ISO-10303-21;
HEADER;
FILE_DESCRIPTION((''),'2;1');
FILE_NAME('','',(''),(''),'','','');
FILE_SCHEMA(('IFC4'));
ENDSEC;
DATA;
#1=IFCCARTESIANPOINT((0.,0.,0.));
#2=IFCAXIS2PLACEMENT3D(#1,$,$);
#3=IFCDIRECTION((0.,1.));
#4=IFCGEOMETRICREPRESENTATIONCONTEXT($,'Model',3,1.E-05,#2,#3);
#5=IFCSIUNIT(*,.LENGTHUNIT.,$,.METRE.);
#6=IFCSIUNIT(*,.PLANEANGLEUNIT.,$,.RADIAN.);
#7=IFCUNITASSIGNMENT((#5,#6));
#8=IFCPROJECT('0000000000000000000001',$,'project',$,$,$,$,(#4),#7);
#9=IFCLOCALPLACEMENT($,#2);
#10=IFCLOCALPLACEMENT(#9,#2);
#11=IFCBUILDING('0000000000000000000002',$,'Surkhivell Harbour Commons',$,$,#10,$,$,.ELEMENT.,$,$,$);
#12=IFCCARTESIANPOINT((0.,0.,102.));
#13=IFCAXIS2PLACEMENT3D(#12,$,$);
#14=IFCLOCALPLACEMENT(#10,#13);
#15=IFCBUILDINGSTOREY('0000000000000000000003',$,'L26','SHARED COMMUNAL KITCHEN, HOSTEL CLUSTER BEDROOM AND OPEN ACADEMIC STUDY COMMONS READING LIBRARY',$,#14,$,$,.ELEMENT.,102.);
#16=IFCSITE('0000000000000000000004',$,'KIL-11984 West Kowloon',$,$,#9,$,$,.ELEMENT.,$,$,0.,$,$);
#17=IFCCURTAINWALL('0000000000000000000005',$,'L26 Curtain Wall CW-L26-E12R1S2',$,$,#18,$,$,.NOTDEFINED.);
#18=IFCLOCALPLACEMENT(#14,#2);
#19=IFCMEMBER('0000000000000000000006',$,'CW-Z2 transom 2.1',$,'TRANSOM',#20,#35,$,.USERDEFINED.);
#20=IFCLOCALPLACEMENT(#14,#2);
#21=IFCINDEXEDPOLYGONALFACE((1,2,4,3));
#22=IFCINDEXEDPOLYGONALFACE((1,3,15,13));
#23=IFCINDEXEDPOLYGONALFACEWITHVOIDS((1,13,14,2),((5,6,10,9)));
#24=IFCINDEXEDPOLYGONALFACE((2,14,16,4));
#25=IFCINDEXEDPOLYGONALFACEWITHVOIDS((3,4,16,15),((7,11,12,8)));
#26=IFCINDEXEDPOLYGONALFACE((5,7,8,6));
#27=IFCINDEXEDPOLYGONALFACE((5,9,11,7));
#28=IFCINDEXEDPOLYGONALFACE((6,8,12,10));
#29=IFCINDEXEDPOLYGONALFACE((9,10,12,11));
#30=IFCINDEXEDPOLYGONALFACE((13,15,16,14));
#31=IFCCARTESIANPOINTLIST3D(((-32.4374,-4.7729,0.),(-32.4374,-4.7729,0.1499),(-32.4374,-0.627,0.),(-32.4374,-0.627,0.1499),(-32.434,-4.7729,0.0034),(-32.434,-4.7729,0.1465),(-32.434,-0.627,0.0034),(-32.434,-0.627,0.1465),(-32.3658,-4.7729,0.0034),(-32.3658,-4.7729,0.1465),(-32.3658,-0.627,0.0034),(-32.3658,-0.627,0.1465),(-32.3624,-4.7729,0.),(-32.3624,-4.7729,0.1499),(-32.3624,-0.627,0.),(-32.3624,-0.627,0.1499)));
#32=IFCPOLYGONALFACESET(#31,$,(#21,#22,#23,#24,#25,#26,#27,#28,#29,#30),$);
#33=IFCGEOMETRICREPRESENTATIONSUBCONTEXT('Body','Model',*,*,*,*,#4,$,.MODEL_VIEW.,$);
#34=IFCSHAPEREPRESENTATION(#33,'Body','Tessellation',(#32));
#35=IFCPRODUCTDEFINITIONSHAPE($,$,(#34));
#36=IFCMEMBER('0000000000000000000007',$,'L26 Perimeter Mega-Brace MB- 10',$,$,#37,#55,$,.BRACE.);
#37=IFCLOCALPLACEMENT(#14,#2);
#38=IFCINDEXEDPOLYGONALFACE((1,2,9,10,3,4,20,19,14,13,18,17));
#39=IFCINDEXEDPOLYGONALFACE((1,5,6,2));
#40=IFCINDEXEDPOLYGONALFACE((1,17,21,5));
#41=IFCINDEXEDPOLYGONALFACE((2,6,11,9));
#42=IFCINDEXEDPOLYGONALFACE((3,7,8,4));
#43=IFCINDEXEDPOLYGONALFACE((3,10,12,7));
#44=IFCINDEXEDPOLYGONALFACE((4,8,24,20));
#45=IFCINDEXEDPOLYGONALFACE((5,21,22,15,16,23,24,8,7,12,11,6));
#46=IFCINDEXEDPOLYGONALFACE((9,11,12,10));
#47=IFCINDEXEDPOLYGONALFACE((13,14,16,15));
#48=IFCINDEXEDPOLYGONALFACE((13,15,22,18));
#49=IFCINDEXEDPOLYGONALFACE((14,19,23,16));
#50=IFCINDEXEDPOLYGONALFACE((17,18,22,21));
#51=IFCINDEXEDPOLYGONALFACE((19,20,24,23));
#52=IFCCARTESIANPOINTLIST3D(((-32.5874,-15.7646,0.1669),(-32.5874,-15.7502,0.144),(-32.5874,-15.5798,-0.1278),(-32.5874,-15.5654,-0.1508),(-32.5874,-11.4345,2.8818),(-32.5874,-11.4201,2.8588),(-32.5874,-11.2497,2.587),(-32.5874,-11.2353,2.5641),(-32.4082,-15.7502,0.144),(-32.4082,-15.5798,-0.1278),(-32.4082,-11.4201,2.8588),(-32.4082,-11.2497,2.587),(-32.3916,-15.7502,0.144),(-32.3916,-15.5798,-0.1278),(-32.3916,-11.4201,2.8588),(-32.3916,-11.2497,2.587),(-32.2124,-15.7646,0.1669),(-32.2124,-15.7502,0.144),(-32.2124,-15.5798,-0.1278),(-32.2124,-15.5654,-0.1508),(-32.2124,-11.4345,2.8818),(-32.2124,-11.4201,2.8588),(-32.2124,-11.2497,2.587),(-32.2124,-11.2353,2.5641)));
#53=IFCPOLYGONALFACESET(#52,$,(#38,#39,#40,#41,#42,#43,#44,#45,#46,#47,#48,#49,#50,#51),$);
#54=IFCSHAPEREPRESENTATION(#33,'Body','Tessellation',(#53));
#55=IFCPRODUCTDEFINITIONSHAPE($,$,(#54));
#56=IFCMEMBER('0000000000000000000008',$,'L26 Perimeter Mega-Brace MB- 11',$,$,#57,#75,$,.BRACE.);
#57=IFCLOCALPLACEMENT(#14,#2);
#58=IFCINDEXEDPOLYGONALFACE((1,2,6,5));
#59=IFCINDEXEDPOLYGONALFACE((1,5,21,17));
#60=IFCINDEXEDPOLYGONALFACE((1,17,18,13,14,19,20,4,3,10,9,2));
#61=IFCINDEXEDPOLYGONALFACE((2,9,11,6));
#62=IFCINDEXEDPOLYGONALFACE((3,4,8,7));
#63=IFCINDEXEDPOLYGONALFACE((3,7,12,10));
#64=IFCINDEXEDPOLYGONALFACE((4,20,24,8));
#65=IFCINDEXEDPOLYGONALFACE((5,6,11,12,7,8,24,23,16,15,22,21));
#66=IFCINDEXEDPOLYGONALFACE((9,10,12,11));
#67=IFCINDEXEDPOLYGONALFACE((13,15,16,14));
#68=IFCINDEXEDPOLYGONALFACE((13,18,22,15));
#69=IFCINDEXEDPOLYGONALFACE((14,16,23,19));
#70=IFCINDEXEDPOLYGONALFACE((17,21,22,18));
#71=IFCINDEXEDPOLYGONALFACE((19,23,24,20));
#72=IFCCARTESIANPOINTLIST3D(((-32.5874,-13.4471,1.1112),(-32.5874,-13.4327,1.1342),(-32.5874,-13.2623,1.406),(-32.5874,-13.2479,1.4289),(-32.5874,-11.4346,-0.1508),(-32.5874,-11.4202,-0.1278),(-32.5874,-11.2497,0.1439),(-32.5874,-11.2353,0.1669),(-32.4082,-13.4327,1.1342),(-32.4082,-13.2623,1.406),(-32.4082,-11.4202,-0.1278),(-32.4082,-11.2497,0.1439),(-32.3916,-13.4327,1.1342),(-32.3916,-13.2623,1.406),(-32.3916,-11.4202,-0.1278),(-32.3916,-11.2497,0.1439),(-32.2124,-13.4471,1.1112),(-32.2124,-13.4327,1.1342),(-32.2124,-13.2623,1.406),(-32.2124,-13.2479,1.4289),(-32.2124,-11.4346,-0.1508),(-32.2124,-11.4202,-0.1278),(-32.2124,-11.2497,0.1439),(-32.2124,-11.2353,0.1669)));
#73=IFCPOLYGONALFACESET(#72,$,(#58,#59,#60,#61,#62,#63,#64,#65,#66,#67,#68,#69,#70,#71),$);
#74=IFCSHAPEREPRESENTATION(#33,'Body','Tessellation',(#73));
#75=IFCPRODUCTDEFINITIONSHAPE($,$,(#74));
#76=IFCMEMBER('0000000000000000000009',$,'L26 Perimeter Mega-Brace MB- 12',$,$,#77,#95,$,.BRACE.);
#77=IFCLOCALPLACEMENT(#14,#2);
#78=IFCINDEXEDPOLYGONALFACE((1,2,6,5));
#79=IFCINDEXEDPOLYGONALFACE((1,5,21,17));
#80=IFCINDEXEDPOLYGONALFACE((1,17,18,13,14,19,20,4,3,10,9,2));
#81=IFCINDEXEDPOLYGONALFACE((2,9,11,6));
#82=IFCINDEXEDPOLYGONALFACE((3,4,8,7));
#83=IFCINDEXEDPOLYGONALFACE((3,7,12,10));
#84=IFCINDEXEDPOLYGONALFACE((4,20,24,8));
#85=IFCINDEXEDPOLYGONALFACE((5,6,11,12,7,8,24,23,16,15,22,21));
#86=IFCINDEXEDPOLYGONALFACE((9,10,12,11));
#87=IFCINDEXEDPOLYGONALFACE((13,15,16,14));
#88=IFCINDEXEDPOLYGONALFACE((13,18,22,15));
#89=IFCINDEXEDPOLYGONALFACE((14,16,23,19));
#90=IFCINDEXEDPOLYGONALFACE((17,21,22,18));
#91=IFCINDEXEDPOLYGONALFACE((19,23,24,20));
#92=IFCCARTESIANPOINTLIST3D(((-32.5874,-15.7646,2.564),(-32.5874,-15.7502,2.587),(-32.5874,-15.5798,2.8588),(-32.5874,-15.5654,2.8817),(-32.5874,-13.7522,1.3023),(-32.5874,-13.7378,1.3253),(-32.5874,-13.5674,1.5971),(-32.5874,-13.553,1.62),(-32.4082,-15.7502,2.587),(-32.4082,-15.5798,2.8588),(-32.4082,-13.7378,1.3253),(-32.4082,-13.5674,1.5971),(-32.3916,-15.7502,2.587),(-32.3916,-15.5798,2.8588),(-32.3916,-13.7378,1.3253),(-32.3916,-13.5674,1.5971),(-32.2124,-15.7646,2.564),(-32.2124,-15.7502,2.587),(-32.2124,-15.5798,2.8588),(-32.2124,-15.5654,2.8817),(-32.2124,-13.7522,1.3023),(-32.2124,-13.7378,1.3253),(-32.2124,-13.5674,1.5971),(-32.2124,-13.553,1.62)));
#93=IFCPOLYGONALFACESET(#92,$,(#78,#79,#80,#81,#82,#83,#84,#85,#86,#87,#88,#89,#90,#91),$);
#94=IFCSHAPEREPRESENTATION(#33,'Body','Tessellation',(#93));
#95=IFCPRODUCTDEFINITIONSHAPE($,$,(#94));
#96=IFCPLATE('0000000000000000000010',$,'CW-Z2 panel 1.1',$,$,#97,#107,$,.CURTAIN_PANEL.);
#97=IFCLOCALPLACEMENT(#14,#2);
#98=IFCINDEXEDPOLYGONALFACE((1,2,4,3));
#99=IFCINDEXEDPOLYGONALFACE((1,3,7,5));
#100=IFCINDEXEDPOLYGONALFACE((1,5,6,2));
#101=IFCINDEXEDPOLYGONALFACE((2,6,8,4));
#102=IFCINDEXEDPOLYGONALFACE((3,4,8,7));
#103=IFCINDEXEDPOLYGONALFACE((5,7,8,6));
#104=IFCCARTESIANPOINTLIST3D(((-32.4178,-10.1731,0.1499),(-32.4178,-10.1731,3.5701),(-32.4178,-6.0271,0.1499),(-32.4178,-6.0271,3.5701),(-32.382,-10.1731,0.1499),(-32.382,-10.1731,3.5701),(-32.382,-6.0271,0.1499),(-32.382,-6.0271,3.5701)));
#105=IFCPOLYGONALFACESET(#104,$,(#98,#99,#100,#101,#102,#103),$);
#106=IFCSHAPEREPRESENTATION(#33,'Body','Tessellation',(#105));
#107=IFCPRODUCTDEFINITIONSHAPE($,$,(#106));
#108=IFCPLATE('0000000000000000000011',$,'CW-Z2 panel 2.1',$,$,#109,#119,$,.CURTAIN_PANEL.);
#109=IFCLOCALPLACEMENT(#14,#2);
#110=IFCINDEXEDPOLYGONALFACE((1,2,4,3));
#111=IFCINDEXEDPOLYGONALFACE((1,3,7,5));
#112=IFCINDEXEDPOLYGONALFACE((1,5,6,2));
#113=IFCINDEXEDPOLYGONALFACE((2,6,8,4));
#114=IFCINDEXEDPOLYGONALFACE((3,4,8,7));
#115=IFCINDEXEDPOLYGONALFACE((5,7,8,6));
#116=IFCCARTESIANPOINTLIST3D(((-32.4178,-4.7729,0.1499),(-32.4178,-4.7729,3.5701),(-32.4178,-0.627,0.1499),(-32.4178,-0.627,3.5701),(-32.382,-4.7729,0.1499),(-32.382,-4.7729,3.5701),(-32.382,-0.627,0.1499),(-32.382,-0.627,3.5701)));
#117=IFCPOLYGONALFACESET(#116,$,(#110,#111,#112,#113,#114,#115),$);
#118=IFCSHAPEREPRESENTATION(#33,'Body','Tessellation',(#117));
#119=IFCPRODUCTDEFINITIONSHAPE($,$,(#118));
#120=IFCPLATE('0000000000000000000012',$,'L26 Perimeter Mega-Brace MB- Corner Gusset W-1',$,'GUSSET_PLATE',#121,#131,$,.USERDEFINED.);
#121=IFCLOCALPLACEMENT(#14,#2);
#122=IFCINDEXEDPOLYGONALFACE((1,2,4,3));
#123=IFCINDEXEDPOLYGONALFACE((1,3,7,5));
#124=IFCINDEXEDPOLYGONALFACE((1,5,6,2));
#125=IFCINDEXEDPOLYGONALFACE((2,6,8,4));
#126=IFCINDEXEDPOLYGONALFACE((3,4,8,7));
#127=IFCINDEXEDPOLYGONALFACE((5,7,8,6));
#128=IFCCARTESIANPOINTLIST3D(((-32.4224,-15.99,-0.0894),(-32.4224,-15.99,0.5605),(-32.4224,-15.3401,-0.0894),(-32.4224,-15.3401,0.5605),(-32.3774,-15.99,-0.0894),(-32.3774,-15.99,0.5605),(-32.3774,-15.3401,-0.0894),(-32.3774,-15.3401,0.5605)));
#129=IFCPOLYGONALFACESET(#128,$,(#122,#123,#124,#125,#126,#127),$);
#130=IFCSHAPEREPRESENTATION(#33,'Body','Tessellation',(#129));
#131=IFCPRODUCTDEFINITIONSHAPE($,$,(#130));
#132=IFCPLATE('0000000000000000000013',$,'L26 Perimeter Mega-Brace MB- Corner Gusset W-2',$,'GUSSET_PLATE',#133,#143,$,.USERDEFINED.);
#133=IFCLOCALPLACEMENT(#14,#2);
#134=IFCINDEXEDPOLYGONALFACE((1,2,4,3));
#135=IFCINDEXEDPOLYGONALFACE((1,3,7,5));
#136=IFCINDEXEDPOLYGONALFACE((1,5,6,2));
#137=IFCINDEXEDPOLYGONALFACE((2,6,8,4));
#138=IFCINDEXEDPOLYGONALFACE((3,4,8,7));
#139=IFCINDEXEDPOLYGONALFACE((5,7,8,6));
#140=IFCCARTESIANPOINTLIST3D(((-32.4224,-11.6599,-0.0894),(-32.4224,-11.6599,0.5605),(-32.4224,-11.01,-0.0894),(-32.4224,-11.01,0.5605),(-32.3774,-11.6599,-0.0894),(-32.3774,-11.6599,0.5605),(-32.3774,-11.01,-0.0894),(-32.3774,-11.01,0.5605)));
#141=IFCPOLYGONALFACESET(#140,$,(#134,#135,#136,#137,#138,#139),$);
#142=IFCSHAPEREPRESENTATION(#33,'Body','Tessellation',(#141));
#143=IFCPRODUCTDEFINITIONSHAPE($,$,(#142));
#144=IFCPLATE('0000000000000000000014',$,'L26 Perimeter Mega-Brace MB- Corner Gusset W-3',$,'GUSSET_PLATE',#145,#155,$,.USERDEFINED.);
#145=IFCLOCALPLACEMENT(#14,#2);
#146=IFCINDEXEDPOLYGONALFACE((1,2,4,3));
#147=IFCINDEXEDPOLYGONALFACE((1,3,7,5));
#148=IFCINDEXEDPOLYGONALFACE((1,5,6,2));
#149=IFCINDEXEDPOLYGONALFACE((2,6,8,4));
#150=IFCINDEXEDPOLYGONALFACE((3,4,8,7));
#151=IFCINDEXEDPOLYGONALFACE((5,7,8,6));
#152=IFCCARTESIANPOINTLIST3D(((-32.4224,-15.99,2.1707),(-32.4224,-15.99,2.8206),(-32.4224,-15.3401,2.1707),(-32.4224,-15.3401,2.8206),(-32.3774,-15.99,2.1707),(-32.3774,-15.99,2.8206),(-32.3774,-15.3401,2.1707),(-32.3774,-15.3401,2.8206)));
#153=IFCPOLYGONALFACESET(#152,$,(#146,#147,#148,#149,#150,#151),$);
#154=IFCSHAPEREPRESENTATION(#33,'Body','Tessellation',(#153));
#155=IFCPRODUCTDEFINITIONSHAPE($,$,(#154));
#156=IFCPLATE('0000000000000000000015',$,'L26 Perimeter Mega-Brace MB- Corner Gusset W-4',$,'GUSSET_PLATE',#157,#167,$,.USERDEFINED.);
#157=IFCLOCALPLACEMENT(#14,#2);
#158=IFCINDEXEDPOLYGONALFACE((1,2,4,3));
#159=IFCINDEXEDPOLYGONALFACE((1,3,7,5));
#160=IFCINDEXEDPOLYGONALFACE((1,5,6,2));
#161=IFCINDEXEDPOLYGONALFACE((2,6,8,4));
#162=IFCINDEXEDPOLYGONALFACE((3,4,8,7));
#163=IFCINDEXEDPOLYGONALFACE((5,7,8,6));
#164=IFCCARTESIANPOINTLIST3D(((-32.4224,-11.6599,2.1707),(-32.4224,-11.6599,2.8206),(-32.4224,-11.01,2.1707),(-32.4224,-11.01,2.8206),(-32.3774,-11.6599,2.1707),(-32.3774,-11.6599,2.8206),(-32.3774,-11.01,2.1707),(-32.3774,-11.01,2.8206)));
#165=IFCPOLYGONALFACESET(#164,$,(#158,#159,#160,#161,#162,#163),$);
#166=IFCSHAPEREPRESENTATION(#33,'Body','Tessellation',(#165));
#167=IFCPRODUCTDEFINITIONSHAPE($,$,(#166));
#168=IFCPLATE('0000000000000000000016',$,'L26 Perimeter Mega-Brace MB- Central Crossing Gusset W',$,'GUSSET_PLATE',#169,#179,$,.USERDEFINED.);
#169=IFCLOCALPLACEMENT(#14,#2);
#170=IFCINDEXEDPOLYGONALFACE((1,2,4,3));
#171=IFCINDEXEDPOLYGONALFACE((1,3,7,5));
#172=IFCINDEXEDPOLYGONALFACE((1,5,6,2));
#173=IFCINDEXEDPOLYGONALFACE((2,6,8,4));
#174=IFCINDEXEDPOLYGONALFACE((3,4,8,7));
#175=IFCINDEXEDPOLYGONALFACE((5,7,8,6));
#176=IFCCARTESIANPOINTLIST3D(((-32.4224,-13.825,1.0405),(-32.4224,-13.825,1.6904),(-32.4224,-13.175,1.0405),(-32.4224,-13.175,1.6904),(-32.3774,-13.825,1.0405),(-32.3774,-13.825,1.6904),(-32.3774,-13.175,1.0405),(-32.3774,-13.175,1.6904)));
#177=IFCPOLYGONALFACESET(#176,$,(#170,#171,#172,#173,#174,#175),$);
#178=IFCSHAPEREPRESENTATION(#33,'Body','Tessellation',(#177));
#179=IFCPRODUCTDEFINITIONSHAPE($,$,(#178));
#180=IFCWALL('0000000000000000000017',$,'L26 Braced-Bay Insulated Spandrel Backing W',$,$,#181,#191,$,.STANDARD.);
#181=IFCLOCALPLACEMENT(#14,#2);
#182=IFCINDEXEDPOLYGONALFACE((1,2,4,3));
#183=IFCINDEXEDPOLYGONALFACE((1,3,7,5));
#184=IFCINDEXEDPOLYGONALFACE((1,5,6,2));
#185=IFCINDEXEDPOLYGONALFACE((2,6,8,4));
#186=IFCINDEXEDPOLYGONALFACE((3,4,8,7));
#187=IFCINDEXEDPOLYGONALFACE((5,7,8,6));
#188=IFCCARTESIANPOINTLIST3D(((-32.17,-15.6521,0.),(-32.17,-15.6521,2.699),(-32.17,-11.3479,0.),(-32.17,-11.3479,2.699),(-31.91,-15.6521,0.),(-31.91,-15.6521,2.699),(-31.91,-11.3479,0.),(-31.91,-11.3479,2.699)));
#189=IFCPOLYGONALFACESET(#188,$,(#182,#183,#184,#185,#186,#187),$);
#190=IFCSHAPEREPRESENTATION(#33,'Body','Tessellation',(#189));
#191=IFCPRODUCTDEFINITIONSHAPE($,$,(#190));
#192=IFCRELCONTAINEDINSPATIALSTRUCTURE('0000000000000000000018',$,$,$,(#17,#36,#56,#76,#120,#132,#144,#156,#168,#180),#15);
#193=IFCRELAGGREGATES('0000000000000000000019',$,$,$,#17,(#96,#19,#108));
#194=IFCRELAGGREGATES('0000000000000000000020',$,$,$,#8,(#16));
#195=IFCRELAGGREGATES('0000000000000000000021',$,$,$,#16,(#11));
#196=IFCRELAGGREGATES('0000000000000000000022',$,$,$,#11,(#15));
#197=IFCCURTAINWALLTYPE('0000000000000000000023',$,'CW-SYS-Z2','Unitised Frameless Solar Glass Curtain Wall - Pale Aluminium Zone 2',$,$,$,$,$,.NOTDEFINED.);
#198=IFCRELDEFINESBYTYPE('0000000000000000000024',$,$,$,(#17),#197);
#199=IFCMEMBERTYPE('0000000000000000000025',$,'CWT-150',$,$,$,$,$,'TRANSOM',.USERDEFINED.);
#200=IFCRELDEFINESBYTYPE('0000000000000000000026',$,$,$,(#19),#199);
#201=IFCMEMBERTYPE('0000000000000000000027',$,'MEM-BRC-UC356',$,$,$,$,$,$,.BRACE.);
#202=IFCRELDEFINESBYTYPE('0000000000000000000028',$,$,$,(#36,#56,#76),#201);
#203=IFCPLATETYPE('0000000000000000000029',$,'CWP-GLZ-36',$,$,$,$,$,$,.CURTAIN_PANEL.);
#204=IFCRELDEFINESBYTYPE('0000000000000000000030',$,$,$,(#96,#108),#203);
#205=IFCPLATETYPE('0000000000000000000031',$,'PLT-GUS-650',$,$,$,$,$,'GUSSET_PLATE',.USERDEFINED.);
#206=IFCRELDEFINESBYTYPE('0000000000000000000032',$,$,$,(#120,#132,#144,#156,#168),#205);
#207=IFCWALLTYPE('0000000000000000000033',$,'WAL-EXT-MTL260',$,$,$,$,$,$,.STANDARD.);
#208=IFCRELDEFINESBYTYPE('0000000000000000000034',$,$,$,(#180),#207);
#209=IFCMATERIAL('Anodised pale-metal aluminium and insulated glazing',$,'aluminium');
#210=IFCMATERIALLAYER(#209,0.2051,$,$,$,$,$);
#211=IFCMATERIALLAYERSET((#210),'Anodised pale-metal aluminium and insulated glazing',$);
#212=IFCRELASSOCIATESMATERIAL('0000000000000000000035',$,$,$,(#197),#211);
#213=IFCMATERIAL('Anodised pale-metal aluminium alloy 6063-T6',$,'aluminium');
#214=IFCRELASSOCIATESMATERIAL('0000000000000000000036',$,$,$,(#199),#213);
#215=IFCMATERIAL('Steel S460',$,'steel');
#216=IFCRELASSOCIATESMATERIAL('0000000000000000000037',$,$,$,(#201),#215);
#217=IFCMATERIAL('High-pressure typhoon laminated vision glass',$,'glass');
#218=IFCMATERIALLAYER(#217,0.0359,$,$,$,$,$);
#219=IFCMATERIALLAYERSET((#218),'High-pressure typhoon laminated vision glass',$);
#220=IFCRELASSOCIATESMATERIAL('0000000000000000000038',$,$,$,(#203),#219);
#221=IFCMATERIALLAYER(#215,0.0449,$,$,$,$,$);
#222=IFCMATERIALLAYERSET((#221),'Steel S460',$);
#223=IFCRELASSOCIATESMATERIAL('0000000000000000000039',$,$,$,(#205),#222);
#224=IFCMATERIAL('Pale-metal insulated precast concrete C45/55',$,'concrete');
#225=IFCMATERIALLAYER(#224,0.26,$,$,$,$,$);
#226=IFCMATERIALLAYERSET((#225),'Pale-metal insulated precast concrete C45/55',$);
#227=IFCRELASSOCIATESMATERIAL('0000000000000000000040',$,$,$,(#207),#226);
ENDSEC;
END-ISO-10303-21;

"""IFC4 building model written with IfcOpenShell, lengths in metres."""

from ifc_helpers import new_model, si_unit, direction, frame, frame_2d, origin, origin_2d, place, context, subcontext, project, spatial, rectangle, hollow_rectangle, i_section, extrude, material, layer, layer_set, material_profile, profile_set, type_object, element, aggregate, save


model = new_model("IFC4")

# Units and contexts
model_context = context("Model", 3, precision=1e-05, world=origin(), true_north=direction((0.0, 1.0)))
body_context = subcontext(model_context, "Body", "Model", "MODEL_VIEW")
ifc_project = project(units=[si_unit("LENGTHUNIT", "METRE"), si_unit("PLANEANGLEUNIT", "RADIAN")], contexts=[model_context])

# Site, building, storey
site_placement = place(None, origin())
site = spatial("IfcSite", under=ifc_project, at=site_placement, Name="KIL-11984 West Kowloon", CompositionType="ELEMENT", RefElevation=0.0)
building_placement = place(site_placement, origin())
building = spatial("IfcBuilding", under=site, at=building_placement, Name="Surkhivell Harbour Commons", CompositionType="ELEMENT")
storey_placement = place(building_placement, frame((0.0, 0.0, 102.0)))
storey = spatial("IfcBuildingStorey", under=building, at=storey_placement, Name="L26", Description="SHARED COMMUNAL KITCHEN, HOSTEL CLUSTER BEDROOM AND OPEN ACADEMIC STUDY COMMONS READING LIBRARY", CompositionType="ELEMENT", Elevation=102.0)

# Shared definitions
ifc_material_1 = material(Name="Steel S460", Category="steel")

# Curtain wall, member
ifc_material_2 = material(Name="Anodised pale-metal aluminium and insulated glazing", Category="aluminium")
ifc_layer_1 = layer(ifc_material_2, 0.2051)
ifc_layer_set_1 = layer_set([ifc_layer_1], Name="Anodised pale-metal aluminium and insulated glazing")
curtain_wall_type = type_object("IfcCurtainWallType", Name="CW-SYS-Z2", Description="Unitised Frameless Solar Glass Curtain Wall - Pale Aluminium Zone 2", PredefinedType="NOTDEFINED", material=ifc_layer_set_1)
curtain_wall_placement = place(storey_placement, origin())
curtain_wall = element("IfcCurtainWall", 1, at=curtain_wall_placement, inside=storey, type_object=curtain_wall_type, Name="L26 Curtain Wall CW-L26-E12R1S2", PredefinedType="NOTDEFINED")
ifc_material_3 = material(Name="Anodised pale-metal aluminium alloy 6063-T6", Category="aluminium")
ifc_material_profile_1 = material_profile(ifc_material_3, hollow_rectangle(XDim=0.075, YDim=0.1499, WallThickness=0.0034, at=origin_2d()), Name="ALU-TRAN-75x150")
ifc_profile_set_1 = profile_set([ifc_material_profile_1], Name="Anodised pale-metal aluminium alloy 6063-T6")
member_type_1 = type_object("IfcMemberType", Name="CWT-150", ElementType="TRANSOM", PredefinedType="USERDEFINED", material=ifc_profile_set_1)
member_1_placement = place(storey_placement, frame((-32.3999, -4.7729, 0.075), z_axis=(0.0, 1.0, 0.0), x_axis=(-1.0, 0.0, 0.0)))
member_1 = element("IfcMember", 2, at=member_1_placement, type_object=member_type_1, Name="CW-Z2 transom 2.1", ObjectType="TRANSOM", PredefinedType="USERDEFINED", context=body_context, shape_type="SweptSolid", body=[
    extrude(hollow_rectangle(XDim=0.075, YDim=0.1499, WallThickness=0.0034, at=origin_2d()), origin(), (0.0, 0.0, 1.0), 4.146),
])

# Members
ifc_material_profile_2 = material_profile(ifc_material_1, i_section(OverallWidth=0.375, OverallDepth=0.375, WebThickness=0.0166, FlangeThickness=0.0271, at=origin_2d()), Name="UC356x368x202")
ifc_profile_set_2 = profile_set([ifc_material_profile_2], Name="Steel S460")
member_type_2 = type_object("IfcMemberType", Name="MEM-BRC-UC356", PredefinedType="BRACE", material=ifc_profile_set_2)
member_2_placement = place(storey_placement, frame((-32.3999, -15.665, 0.0081), z_axis=(0.0, 0.847246, 0.531201), x_axis=(-1.0, 0.0, 0.0)))
element("IfcMember", 3, at=member_2_placement, inside=storey, type_object=member_type_2, Name="L26 Perimeter Mega-Brace MB- 10", PredefinedType="BRACE", context=body_context, shape_type="SweptSolid", body=[
    extrude(i_section(OverallWidth=0.375, OverallDepth=0.375, WebThickness=0.0166, FlangeThickness=0.0271, at=origin_2d()), origin(), (0.0, 0.0, 1.0), 5.1108),
])
member_3_placement = place(storey_placement, frame((-32.3999, -11.335, 0.0081), z_axis=(0.0, -0.847206, 0.531264), x_axis=(1.0, 0.0, 0.0)))
element("IfcMember", 4, at=member_3_placement, inside=storey, type_object=member_type_2, Name="L26 Perimeter Mega-Brace MB- 11", PredefinedType="BRACE", context=body_context, shape_type="SweptSolid", body=[
    extrude(i_section(OverallWidth=0.375, OverallDepth=0.375, WebThickness=0.0166, FlangeThickness=0.0271, at=origin_2d()), origin(), (0.0, 0.0, 1.0), 2.3755),
])
member_4_placement = place(storey_placement, frame((-32.3999, -13.6526, 1.4612), z_axis=(0.0, -0.847253, 0.53119), x_axis=(1.0, 0.0, 0.0)))
element("IfcMember", 5, at=member_4_placement, inside=storey, type_object=member_type_2, Name="L26 Perimeter Mega-Brace MB- 12", PredefinedType="BRACE", context=body_context, shape_type="SweptSolid", body=[
    extrude(i_section(OverallWidth=0.375, OverallDepth=0.375, WebThickness=0.0166, FlangeThickness=0.0271, at=origin_2d()), origin(), (0.0, 0.0, 1.0), 2.3752),
])

# Plates
ifc_material_4 = material(Name="High-pressure typhoon laminated vision glass", Category="glass")
ifc_layer_2 = layer(ifc_material_4, 0.0359)
ifc_layer_set_2 = layer_set([ifc_layer_2], Name="High-pressure typhoon laminated vision glass")
plate_type_1 = type_object("IfcPlateType", Name="CWP-GLZ-36", PredefinedType="CURTAIN_PANEL", material=ifc_layer_set_2)
plate_1_placement = place(storey_placement, frame((-32.3999, -10.1731, 0.1499), z_axis=(0.0, 0.0, 1.0), x_axis=(0.0, 1.0, 0.0)))
plate_1 = element("IfcPlate", 6, at=plate_1_placement, type_object=plate_type_1, Name="CW-Z2 panel 1.1", PredefinedType="CURTAIN_PANEL", context=body_context, shape_type="SweptSolid", body=[
    extrude(rectangle(XDim=4.146, YDim=0.0359, at=frame_2d((2.073, 0.0))), origin(), (0.0, 0.0, 1.0), 3.4202),
])
plate_2_placement = place(storey_placement, frame((-32.3999, -4.7729, 0.1499), z_axis=(0.0, 0.0, 1.0), x_axis=(0.0, 1.0, 0.0)))
plate_2 = element("IfcPlate", 7, at=plate_2_placement, type_object=plate_type_1, Name="CW-Z2 panel 2.1", PredefinedType="CURTAIN_PANEL", context=body_context, shape_type="SweptSolid", body=[
    extrude(rectangle(XDim=4.146, YDim=0.0359, at=frame_2d((2.073, 0.0))), origin(), (0.0, 0.0, 1.0), 3.4202),
])
aggregate(curtain_wall, [plate_1, member_1, plate_2])

# Plates
ifc_layer_3 = layer(ifc_material_1, 0.0449)
ifc_layer_set_3 = layer_set([ifc_layer_3], Name="Steel S460")
plate_type_2 = type_object("IfcPlateType", Name="PLT-GUS-650", ElementType="GUSSET_PLATE", PredefinedType="USERDEFINED", material=ifc_layer_set_3)
for number, where, z_axis, x_axis, name in (
    (8, (-32.3999, -15.665, -0.0894), (0.0, 0.0, 1.0), (0.0, 1.0, 0.0), "L26 Perimeter Mega-Brace MB- Corner Gusset W-1"),
    (9, (-32.3999, -11.335, -0.0894), (0.0, 0.0, 1.0), (0.0, 1.0, 0.0), "L26 Perimeter Mega-Brace MB- Corner Gusset W-2"),
    (10, (-32.3999, -15.665, 2.1707), (0.0, 0.0, 1.0), (0.0, 1.0, 0.0), "L26 Perimeter Mega-Brace MB- Corner Gusset W-3"),
    (11, (-32.3999, -11.335, 2.1707), (0.0, 0.0, 1.0), (0.0, 1.0, 0.0), "L26 Perimeter Mega-Brace MB- Corner Gusset W-4"),
    (12, (-32.3999, -13.5, 1.0405), (0.0, 0.0, 1.0), (0.0, 1.0, 0.0), "L26 Perimeter Mega-Brace MB- Central Crossing Gusset W"),
):
    element("IfcPlate", number, at=place(storey_placement, frame(where, z_axis=z_axis, x_axis=x_axis)), inside=storey, type_object=plate_type_2, Name=name, ObjectType="GUSSET_PLATE", PredefinedType="USERDEFINED", context=body_context, shape_type="SweptSolid", body=[
        extrude(rectangle(XDim=0.6499, YDim=0.0449, at=origin_2d()), origin(), (0.0, 0.0, 1.0), 0.6499),
    ])

# Wall
ifc_material_5 = material(Name="Pale-metal insulated precast concrete C45/55", Category="concrete")
ifc_layer_4 = layer(ifc_material_5, 0.26)
ifc_layer_set_4 = layer_set([ifc_layer_4], Name="Pale-metal insulated precast concrete C45/55")
wall_type_1 = type_object("IfcWallType", Name="WAL-EXT-MTL260", PredefinedType="STANDARD", material=ifc_layer_set_4)
wall_placement = place(storey_placement, frame((-32.04, -15.6521, 0.0), z_axis=(0.0, 0.0, 1.0), x_axis=(0.0, 1.0, 0.0)))
element("IfcWall", 13, at=wall_placement, inside=storey, type_object=wall_type_1, Name="L26 Braced-Bay Insulated Spandrel Backing W", PredefinedType="STANDARD", context=body_context, shape_type="SweptSolid", body=[
    extrude(rectangle(XDim=4.3042, YDim=0.26, at=frame_2d((2.1521, 0.0))), origin(), (0.0, 0.0, 1.0), 2.699),
])

save(model, "model.ifc")
